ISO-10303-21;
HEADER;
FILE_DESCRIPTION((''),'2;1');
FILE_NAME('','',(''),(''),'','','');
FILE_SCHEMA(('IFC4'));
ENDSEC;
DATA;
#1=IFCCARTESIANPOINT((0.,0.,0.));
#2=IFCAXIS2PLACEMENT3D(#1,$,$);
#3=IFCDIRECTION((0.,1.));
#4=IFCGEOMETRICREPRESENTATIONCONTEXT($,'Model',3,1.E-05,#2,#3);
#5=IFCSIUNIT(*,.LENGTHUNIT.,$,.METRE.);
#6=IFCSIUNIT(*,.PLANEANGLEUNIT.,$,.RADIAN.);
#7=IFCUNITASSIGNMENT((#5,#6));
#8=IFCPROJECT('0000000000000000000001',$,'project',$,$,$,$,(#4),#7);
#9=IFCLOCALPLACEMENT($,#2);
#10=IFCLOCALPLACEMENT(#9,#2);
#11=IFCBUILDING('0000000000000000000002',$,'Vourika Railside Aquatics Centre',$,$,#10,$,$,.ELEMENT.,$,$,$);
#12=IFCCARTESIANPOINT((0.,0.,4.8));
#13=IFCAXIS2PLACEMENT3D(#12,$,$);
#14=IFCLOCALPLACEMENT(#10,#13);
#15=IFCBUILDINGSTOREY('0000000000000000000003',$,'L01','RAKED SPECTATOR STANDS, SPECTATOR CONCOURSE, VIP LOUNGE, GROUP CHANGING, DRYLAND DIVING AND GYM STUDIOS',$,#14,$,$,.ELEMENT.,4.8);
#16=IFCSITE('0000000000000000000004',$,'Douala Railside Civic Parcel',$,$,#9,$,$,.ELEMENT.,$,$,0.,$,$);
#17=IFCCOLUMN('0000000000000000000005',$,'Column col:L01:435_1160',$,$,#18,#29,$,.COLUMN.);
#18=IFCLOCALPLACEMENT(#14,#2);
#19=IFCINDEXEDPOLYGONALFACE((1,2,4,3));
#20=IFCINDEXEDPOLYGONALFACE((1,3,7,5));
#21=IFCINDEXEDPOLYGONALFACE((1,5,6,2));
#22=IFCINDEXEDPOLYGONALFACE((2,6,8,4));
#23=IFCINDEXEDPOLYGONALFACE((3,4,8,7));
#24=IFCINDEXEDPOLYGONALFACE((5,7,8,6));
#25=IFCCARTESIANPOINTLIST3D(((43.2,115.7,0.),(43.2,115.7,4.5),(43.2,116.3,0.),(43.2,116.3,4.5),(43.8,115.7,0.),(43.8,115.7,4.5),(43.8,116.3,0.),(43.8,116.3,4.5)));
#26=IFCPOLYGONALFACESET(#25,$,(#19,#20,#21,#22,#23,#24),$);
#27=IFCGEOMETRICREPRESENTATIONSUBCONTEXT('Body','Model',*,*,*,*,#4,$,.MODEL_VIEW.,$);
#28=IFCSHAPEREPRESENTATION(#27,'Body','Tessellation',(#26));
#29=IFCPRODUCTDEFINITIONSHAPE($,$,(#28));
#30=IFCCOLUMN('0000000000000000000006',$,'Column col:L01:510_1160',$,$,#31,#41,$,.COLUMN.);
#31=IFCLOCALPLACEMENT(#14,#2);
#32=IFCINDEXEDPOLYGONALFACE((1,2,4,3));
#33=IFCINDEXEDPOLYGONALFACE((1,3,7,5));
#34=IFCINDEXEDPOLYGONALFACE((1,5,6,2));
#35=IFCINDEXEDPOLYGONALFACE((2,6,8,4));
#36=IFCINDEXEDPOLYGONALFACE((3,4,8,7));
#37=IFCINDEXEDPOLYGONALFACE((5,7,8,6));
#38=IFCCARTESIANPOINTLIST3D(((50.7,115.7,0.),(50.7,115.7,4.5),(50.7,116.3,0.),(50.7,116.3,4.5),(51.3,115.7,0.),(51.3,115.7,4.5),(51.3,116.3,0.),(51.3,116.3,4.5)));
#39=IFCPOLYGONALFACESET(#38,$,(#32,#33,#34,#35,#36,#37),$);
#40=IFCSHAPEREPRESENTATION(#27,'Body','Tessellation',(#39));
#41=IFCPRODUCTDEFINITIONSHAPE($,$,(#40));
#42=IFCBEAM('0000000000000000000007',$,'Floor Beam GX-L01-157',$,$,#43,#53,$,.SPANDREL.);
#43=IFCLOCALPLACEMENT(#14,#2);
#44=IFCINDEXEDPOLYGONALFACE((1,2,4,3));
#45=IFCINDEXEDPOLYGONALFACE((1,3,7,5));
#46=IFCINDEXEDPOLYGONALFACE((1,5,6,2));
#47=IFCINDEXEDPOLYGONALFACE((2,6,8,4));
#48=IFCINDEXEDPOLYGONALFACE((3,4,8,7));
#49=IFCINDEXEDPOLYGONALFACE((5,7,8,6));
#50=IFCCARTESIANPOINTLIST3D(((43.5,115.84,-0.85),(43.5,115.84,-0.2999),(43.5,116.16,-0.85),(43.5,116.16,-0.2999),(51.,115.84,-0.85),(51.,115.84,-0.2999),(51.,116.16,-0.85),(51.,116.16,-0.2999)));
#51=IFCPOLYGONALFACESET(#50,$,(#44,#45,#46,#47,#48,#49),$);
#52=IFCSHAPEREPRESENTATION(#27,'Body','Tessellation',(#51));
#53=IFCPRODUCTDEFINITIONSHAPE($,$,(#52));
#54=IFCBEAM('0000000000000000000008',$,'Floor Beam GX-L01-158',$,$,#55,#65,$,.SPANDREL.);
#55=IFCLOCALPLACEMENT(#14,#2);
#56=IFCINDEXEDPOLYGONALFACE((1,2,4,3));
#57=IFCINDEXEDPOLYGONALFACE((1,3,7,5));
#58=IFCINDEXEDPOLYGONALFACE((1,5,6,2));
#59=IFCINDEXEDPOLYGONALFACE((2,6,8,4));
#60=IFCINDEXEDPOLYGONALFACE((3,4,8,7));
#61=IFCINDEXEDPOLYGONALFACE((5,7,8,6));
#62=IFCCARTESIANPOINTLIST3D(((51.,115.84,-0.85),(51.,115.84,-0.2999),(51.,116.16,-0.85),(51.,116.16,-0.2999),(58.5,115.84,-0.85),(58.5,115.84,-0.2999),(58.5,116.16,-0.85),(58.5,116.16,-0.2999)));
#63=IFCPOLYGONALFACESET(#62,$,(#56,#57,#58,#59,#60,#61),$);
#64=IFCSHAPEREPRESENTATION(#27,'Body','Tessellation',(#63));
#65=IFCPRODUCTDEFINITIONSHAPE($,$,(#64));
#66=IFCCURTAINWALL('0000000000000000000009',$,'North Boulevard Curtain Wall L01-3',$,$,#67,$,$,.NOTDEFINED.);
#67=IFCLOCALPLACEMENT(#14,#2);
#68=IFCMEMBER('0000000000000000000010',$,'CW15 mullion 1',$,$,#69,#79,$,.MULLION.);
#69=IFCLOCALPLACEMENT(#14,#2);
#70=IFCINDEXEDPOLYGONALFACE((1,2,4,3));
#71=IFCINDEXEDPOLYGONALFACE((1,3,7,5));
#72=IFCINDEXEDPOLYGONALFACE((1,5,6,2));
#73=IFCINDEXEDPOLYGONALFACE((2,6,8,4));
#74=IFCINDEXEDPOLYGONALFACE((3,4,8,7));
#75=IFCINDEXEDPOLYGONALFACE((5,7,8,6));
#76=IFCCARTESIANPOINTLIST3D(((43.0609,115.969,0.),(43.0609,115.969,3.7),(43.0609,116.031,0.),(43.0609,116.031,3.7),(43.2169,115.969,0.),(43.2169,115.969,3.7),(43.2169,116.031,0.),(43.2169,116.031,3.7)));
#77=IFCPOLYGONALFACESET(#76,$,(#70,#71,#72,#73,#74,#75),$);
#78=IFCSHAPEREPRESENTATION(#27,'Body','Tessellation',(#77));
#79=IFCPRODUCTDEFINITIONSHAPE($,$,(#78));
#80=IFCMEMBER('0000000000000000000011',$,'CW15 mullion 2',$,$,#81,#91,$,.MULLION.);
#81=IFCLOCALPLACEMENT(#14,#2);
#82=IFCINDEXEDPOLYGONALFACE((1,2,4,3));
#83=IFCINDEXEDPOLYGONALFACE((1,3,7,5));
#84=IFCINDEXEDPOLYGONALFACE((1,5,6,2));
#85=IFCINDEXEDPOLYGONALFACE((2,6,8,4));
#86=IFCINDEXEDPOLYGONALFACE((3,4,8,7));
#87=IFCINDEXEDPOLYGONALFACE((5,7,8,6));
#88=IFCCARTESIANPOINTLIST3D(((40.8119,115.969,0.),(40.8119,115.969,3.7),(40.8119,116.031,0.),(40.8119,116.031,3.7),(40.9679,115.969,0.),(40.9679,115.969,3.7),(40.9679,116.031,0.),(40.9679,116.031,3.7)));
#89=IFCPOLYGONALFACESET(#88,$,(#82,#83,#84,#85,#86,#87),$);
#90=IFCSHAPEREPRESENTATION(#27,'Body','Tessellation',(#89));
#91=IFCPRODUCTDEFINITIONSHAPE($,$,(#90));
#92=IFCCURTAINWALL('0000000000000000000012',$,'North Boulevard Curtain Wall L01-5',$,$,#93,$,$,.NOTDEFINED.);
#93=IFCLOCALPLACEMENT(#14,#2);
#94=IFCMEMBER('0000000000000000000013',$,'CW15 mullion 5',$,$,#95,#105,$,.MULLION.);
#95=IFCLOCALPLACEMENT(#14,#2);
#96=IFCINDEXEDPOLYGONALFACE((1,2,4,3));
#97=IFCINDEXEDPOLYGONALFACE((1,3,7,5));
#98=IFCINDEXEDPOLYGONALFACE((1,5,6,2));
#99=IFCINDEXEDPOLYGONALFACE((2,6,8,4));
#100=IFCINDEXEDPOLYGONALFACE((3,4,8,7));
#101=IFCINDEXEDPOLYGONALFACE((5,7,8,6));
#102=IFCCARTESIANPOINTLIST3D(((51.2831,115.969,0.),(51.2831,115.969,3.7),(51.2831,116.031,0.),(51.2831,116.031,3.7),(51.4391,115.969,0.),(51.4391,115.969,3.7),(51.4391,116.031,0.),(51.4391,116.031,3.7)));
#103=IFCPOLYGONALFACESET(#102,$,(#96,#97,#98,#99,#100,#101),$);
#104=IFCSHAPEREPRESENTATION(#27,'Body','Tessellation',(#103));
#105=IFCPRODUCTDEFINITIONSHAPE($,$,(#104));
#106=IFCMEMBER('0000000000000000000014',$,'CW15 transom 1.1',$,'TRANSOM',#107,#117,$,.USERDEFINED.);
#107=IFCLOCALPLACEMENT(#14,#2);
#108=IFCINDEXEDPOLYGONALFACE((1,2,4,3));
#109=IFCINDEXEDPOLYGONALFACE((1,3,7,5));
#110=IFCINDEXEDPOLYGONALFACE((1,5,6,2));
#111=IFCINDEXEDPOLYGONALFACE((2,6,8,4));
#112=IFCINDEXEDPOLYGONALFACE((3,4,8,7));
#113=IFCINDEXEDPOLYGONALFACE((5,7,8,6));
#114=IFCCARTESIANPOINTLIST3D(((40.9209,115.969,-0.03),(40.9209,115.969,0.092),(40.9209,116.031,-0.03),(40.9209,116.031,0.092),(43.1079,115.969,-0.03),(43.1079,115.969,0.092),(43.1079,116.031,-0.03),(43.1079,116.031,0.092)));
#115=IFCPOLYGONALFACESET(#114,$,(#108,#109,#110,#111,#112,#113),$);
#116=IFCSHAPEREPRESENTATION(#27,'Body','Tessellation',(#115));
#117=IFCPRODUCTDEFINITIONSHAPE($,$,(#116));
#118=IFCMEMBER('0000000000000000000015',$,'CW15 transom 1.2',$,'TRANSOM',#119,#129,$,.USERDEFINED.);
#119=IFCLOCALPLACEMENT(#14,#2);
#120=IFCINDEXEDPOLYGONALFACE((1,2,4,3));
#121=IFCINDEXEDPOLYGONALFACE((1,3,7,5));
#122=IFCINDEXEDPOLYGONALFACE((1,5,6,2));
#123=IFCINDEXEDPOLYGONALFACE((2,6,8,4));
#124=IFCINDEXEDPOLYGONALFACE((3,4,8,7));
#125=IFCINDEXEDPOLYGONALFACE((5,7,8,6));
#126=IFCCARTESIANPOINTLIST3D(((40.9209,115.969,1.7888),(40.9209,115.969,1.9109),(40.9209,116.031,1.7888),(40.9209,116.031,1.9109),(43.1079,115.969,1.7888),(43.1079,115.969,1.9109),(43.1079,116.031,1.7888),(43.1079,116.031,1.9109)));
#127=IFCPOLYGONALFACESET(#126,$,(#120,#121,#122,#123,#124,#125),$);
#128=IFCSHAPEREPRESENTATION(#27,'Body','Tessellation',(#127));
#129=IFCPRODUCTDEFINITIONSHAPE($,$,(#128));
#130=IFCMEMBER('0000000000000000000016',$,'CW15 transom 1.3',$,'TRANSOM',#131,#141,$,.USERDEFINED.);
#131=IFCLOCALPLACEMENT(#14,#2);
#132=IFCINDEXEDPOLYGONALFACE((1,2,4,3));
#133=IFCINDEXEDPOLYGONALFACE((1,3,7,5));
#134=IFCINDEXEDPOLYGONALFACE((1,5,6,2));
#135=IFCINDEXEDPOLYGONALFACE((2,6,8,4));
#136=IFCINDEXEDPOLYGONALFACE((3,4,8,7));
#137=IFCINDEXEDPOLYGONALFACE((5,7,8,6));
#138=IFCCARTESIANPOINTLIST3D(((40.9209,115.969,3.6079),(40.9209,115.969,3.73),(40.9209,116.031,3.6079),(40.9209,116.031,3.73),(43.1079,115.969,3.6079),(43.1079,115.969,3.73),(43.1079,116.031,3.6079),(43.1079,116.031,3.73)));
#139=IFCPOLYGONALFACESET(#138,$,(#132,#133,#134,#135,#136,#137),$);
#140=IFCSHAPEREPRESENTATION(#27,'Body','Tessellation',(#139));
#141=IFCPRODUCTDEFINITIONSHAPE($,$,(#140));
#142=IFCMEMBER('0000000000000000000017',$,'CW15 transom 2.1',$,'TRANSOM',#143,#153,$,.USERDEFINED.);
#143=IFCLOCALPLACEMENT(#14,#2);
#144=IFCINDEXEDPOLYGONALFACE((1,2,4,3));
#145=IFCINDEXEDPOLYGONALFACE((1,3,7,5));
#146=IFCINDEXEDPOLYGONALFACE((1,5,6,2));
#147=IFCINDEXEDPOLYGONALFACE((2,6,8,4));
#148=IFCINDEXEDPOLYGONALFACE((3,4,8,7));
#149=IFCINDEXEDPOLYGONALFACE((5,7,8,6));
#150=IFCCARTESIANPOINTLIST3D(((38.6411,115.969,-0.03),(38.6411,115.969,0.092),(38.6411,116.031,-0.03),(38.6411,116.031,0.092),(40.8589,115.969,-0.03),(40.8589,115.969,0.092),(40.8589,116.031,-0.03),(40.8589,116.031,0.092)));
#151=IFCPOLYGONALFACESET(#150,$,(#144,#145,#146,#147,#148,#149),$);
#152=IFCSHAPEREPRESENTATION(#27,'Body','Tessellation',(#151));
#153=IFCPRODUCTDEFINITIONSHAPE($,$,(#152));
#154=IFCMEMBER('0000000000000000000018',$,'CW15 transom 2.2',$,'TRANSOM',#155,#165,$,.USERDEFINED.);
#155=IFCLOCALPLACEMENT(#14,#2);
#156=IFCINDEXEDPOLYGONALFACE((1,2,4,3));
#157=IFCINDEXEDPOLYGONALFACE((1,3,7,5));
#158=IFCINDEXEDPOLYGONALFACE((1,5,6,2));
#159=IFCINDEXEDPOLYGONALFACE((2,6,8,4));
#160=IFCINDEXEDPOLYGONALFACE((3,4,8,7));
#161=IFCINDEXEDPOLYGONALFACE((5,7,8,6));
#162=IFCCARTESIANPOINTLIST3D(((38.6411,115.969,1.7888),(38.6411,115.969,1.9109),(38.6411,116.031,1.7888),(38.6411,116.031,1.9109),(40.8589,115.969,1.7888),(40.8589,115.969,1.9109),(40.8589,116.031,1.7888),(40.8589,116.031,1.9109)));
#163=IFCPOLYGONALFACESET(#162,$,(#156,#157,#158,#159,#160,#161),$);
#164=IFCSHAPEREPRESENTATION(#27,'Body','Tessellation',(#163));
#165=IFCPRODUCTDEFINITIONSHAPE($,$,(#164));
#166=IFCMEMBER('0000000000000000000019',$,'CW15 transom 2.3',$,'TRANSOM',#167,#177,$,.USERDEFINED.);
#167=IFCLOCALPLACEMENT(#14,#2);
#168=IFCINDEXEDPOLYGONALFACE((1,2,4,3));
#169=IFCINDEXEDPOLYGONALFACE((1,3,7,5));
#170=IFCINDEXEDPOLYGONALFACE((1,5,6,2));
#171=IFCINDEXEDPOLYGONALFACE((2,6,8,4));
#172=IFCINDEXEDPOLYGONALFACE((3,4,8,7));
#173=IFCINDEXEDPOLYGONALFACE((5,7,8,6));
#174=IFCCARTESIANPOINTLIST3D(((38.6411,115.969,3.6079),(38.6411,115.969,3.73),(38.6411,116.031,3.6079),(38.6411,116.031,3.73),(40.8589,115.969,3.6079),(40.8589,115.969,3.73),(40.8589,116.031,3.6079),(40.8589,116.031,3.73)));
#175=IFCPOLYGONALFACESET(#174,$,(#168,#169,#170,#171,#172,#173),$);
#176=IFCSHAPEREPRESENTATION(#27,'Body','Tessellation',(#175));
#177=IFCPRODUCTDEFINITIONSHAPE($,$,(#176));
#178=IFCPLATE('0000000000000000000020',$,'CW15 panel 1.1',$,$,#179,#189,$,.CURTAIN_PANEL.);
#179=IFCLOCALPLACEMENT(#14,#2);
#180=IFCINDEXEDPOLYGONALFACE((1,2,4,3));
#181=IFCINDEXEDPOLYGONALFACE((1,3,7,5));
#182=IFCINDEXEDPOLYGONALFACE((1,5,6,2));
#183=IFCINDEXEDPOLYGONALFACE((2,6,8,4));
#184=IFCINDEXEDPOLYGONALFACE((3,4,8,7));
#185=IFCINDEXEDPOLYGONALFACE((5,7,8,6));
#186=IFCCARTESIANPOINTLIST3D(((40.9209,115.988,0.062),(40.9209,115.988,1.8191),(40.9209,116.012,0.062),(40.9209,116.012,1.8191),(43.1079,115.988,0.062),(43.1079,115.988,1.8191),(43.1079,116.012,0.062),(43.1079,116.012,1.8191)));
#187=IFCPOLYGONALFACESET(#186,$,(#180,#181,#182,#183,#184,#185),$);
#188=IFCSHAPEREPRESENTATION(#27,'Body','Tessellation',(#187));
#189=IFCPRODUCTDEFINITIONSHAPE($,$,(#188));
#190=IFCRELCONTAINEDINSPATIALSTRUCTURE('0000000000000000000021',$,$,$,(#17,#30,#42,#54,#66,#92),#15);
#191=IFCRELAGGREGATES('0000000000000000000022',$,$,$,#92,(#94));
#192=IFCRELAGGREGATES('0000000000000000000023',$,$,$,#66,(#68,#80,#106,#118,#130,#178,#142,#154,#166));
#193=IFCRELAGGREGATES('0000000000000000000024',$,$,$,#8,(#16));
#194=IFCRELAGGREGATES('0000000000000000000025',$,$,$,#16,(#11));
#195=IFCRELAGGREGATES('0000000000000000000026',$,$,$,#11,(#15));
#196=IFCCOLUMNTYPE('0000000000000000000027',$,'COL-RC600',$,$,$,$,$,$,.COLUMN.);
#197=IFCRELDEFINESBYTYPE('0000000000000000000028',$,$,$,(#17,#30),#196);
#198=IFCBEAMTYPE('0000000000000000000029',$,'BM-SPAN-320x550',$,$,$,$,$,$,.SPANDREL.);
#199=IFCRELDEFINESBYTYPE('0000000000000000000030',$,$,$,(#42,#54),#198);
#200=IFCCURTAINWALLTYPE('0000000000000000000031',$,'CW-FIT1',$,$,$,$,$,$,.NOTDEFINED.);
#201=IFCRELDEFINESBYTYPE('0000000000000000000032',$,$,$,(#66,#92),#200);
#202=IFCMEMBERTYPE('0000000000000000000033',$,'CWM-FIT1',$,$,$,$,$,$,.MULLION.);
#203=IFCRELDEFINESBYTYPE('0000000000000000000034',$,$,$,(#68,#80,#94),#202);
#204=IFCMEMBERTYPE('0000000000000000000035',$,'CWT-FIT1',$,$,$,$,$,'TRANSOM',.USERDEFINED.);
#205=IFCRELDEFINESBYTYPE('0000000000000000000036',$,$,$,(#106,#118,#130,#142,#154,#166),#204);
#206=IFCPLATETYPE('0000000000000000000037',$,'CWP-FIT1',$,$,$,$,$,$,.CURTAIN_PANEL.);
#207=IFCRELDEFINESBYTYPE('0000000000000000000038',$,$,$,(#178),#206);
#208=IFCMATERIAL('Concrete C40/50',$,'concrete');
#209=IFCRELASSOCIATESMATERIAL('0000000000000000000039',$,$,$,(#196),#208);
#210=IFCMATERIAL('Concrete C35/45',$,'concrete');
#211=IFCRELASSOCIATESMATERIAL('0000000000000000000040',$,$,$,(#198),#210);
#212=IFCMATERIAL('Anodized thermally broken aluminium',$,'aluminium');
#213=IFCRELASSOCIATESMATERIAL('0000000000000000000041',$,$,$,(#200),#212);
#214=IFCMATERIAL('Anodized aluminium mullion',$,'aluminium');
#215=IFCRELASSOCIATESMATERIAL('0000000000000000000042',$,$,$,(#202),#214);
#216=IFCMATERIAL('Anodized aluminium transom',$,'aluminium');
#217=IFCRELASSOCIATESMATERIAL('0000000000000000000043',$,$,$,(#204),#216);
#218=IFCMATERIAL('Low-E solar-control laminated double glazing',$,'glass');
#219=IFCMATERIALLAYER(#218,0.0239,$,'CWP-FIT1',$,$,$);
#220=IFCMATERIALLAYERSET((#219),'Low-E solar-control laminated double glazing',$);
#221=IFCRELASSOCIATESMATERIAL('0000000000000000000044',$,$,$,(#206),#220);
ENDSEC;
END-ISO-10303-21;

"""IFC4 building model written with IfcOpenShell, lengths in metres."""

from ifc_helpers import new_model, si_unit, direction, frame, origin, origin_2d, place, context, subcontext, project, spatial, rectangle, extrude, material, layer, layer_set, material_profile, profile_set, type_object, element, aggregate, save


model = new_model("IFC4")

# Units and contexts
model_context = context("Model", 3, precision=1e-05, world=origin(), true_north=direction((0.0, 1.0)))
body_context = subcontext(model_context, "Body", "Model", "MODEL_VIEW")
ifc_project = project(units=[si_unit("LENGTHUNIT", "METRE"), si_unit("PLANEANGLEUNIT", "RADIAN")], contexts=[model_context])

# Site, building, storey
site_placement = place(None, origin())
site = spatial("IfcSite", under=ifc_project, at=site_placement, Name="Douala Railside Civic Parcel", CompositionType="ELEMENT", RefElevation=0.0)
building_placement = place(site_placement, origin())
building = spatial("IfcBuilding", under=site, at=building_placement, Name="Vourika Railside Aquatics Centre", CompositionType="ELEMENT")
storey_placement = place(building_placement, frame((0.0, 0.0, 4.8)))
storey = spatial("IfcBuildingStorey", under=building, at=storey_placement, Name="L01", Description="RAKED SPECTATOR STANDS, SPECTATOR CONCOURSE, VIP LOUNGE, GROUP CHANGING, DRYLAND DIVING AND GYM STUDIOS", CompositionType="ELEMENT", Elevation=4.8)

# Columns
ifc_material_1 = material(Name="Concrete C40/50", Category="concrete")
ifc_material_profile_1 = material_profile(ifc_material_1, rectangle(XDim=0.6001, YDim=0.6001, at=origin_2d()), Name="RC 600x600")
ifc_profile_set_1 = profile_set([ifc_material_profile_1], Name="Concrete C40/50")
column_type = type_object("IfcColumnType", Name="COL-RC600", PredefinedType="COLUMN", material=ifc_profile_set_1)
for number, where, z_axis, x_axis, name in (
    (1, (43.5, 116.0, 0.0), (0.0, 0.0, 1.0), (1.0, 0.0, 0.0), "Column col:L01:435_1160"),
    (2, (51.0, 116.0, 0.0), (0.0, 0.0, 1.0), (1.0, 0.0, 0.0), "Column col:L01:510_1160"),
):
    element("IfcColumn", number, at=place(storey_placement, frame(where, z_axis=z_axis, x_axis=x_axis)), inside=storey, type_object=column_type, Name=name, PredefinedType="COLUMN", context=body_context, shape_type="SweptSolid", body=[
        extrude(rectangle(XDim=0.6001, YDim=0.6001, at=origin_2d()), origin(), (0.0, 0.0, 1.0), 4.5),
    ])

# Beams
ifc_material_2 = material(Name="Concrete C35/45", Category="concrete")
ifc_material_profile_2 = material_profile(ifc_material_2, rectangle(XDim=0.3201, YDim=0.55, at=origin_2d()), Name="RC 320x550")
ifc_profile_set_2 = profile_set([ifc_material_profile_2], Name="Concrete C35/45")
beam_type = type_object("IfcBeamType", Name="BM-SPAN-320x550", PredefinedType="SPANDREL", material=ifc_profile_set_2)
for number, where, z_axis, x_axis, name in (
    (3, (43.5, 116.0, -0.575), (1.0, 0.0, 0.0), (0.0, 1.0, 0.0), "Floor Beam GX-L01-157"),
    (4, (51.0, 116.0, -0.575), (1.0, 0.0, 0.0), (0.0, 1.0, 0.0), "Floor Beam GX-L01-158"),
):
    element("IfcBeam", number, at=place(storey_placement, frame(where, z_axis=z_axis, x_axis=x_axis)), inside=storey, type_object=beam_type, Name=name, PredefinedType="SPANDREL", context=body_context, shape_type="SweptSolid", body=[
        extrude(rectangle(XDim=0.3201, YDim=0.55, at=origin_2d()), origin(), (0.0, 0.0, 1.0), 7.5),
    ])

# Curtain wall, members
ifc_material_3 = material(Name="Anodized thermally broken aluminium", Category="aluminium")
curtain_wall_type = type_object("IfcCurtainWallType", Name="CW-FIT1", PredefinedType="NOTDEFINED", material=ifc_material_3)
curtain_wall_1_placement = place(storey_placement, origin())
curtain_wall_1 = element("IfcCurtainWall", 5, at=curtain_wall_1_placement, inside=storey, type_object=curtain_wall_type, Name="North Boulevard Curtain Wall L01-3", PredefinedType="NOTDEFINED")
ifc_material_4 = material(Name="Anodized aluminium mullion", Category="aluminium")
ifc_material_profile_3 = material_profile(ifc_material_4, rectangle(XDim=0.062, YDim=0.156, at=origin_2d()), Name="ALU-M 62x156")
ifc_profile_set_3 = profile_set([ifc_material_profile_3], Name="Anodized aluminium mullion")
member_type_1 = type_object("IfcMemberType", Name="CWM-FIT1", PredefinedType="MULLION", material=ifc_profile_set_3)
member_1_placement = place(storey_placement, frame((43.1389, 116.0, 0.0), z_axis=(0.0, 0.0, 1.0), x_axis=(0.0, -1.0, 0.0)))
member_1 = element("IfcMember", 6, at=member_1_placement, type_object=member_type_1, Name="CW15 mullion 1", PredefinedType="MULLION", context=body_context, shape_type="SweptSolid", body=[
    extrude(rectangle(XDim=0.062, YDim=0.156, at=origin_2d()), origin(), (0.0, 0.0, 1.0), 3.7),
])
member_2_placement = place(storey_placement, frame((40.8899, 116.0, 0.0), z_axis=(0.0, 0.0, 1.0), x_axis=(0.0, -1.0, 0.0)))
member_2 = element("IfcMember", 7, at=member_2_placement, type_object=member_type_1, Name="CW15 mullion 2", PredefinedType="MULLION", context=body_context, shape_type="SweptSolid", body=[
    extrude(rectangle(XDim=0.062, YDim=0.156, at=origin_2d()), origin(), (0.0, 0.0, 1.0), 3.7),
])

# Curtain wall, member
curtain_wall_2_placement = place(storey_placement, origin())
curtain_wall_2 = element("IfcCurtainWall", 8, at=curtain_wall_2_placement, inside=storey, type_object=curtain_wall_type, Name="North Boulevard Curtain Wall L01-5", PredefinedType="NOTDEFINED")
member_3_placement = place(storey_placement, frame((51.3611, 116.0, 0.0), z_axis=(0.0, 0.0, 1.0), x_axis=(0.0, -1.0, 0.0)))
member_3 = element("IfcMember", 9, at=member_3_placement, type_object=member_type_1, Name="CW15 mullion 5", PredefinedType="MULLION", context=body_context, shape_type="SweptSolid", body=[
    extrude(rectangle(XDim=0.062, YDim=0.156, at=origin_2d()), origin(), (0.0, 0.0, 1.0), 3.7),
])
aggregate(curtain_wall_2, [member_3])

# Members
ifc_material_5 = material(Name="Anodized aluminium transom", Category="aluminium")
ifc_material_profile_4 = material_profile(ifc_material_5, rectangle(XDim=0.062, YDim=0.1221, at=origin_2d()), Name="ALU-T 62x122")
ifc_profile_set_4 = profile_set([ifc_material_profile_4], Name="Anodized aluminium transom")
member_type_2 = type_object("IfcMemberType", Name="CWT-FIT1", ElementType="TRANSOM", PredefinedType="USERDEFINED", material=ifc_profile_set_4)
member_4_placement = place(storey_placement, frame((43.1079, 116.0, 0.031), z_axis=(-1.0, 0.0, 0.0), x_axis=(0.0, -1.0, 0.0)))
member_4 = element("IfcMember", 10, at=member_4_placement, type_object=member_type_2, Name="CW15 transom 1.1", ObjectType="TRANSOM", PredefinedType="USERDEFINED", context=body_context, shape_type="SweptSolid", body=[
    extrude(rectangle(XDim=0.062, YDim=0.1221, at=origin_2d()), origin(), (0.0, 0.0, 1.0), 2.187),
])
member_5_placement = place(storey_placement, frame((43.1079, 116.0, 1.8499), z_axis=(-1.0, 0.0, 0.0), x_axis=(0.0, -1.0, 0.0)))
member_5 = element("IfcMember", 11, at=member_5_placement, type_object=member_type_2, Name="CW15 transom 1.2", ObjectType="TRANSOM", PredefinedType="USERDEFINED", context=body_context, shape_type="SweptSolid", body=[
    extrude(rectangle(XDim=0.062, YDim=0.1221, at=origin_2d()), origin(), (0.0, 0.0, 1.0), 2.187),
])
member_6_placement = place(storey_placement, frame((43.1079, 116.0, 3.6689), z_axis=(-1.0, 0.0, 0.0), x_axis=(0.0, -1.0, 0.0)))
member_6 = element("IfcMember", 12, at=member_6_placement, type_object=member_type_2, Name="CW15 transom 1.3", ObjectType="TRANSOM", PredefinedType="USERDEFINED", context=body_context, shape_type="SweptSolid", body=[
    extrude(rectangle(XDim=0.062, YDim=0.1221, at=origin_2d()), origin(), (0.0, 0.0, 1.0), 2.187),
])
member_7_placement = place(storey_placement, frame((40.8589, 116.0, 0.031), z_axis=(-1.0, 0.0, 0.0), x_axis=(0.0, -1.0, 0.0)))
member_7 = element("IfcMember", 13, at=member_7_placement, type_object=member_type_2, Name="CW15 transom 2.1", ObjectType="TRANSOM", PredefinedType="USERDEFINED", context=body_context, shape_type="SweptSolid", body=[
    extrude(rectangle(XDim=0.062, YDim=0.1221, at=origin_2d()), origin(), (0.0, 0.0, 1.0), 2.2178),
])
member_8_placement = place(storey_placement, frame((40.8589, 116.0, 1.8499), z_axis=(-1.0, 0.0, 0.0), x_axis=(0.0, -1.0, 0.0)))
member_8 = element("IfcMember", 14, at=member_8_placement, type_object=member_type_2, Name="CW15 transom 2.2", ObjectType="TRANSOM", PredefinedType="USERDEFINED", context=body_context, shape_type="SweptSolid", body=[
    extrude(rectangle(XDim=0.062, YDim=0.1221, at=origin_2d()), origin(), (0.0, 0.0, 1.0), 2.2178),
])
member_9_placement = place(storey_placement, frame((40.8589, 116.0, 3.6689), z_axis=(-1.0, 0.0, 0.0), x_axis=(0.0, -1.0, 0.0)))
member_9 = element("IfcMember", 15, at=member_9_placement, type_object=member_type_2, Name="CW15 transom 2.3", ObjectType="TRANSOM", PredefinedType="USERDEFINED", context=body_context, shape_type="SweptSolid", body=[
    extrude(rectangle(XDim=0.062, YDim=0.1221, at=origin_2d()), origin(), (0.0, 0.0, 1.0), 2.2178),
])

# Plate
ifc_material_6 = material(Name="Low-E solar-control laminated double glazing", Category="glass")
ifc_layer_1 = layer(ifc_material_6, 0.0239, Name="CWP-FIT1")
ifc_layer_set_1 = layer_set([ifc_layer_1], Name="Low-E solar-control laminated double glazing")
plate_type = type_object("IfcPlateType", Name="CWP-FIT1", PredefinedType="CURTAIN_PANEL", material=ifc_layer_set_1)
plate_1_placement = place(storey_placement, frame((42.0144, 116.0, 0.062), z_axis=(0.0, 0.0, 1.0), x_axis=(-1.0, 0.0, 0.0)))
plate_1 = element("IfcPlate", 16, at=plate_1_placement, type_object=plate_type, Name="CW15 panel 1.1", PredefinedType="CURTAIN_PANEL", context=body_context, shape_type="SweptSolid", body=[
    extrude(rectangle(XDim=2.187, YDim=0.0239, at=origin_2d()), origin(), (0.0, 0.0, 1.0), 1.7571),
])
aggregate(curtain_wall_1, [member_1, member_2, member_4, member_5, member_6, plate_1, member_7, member_8, member_9])

save(model, "model.ifc")
